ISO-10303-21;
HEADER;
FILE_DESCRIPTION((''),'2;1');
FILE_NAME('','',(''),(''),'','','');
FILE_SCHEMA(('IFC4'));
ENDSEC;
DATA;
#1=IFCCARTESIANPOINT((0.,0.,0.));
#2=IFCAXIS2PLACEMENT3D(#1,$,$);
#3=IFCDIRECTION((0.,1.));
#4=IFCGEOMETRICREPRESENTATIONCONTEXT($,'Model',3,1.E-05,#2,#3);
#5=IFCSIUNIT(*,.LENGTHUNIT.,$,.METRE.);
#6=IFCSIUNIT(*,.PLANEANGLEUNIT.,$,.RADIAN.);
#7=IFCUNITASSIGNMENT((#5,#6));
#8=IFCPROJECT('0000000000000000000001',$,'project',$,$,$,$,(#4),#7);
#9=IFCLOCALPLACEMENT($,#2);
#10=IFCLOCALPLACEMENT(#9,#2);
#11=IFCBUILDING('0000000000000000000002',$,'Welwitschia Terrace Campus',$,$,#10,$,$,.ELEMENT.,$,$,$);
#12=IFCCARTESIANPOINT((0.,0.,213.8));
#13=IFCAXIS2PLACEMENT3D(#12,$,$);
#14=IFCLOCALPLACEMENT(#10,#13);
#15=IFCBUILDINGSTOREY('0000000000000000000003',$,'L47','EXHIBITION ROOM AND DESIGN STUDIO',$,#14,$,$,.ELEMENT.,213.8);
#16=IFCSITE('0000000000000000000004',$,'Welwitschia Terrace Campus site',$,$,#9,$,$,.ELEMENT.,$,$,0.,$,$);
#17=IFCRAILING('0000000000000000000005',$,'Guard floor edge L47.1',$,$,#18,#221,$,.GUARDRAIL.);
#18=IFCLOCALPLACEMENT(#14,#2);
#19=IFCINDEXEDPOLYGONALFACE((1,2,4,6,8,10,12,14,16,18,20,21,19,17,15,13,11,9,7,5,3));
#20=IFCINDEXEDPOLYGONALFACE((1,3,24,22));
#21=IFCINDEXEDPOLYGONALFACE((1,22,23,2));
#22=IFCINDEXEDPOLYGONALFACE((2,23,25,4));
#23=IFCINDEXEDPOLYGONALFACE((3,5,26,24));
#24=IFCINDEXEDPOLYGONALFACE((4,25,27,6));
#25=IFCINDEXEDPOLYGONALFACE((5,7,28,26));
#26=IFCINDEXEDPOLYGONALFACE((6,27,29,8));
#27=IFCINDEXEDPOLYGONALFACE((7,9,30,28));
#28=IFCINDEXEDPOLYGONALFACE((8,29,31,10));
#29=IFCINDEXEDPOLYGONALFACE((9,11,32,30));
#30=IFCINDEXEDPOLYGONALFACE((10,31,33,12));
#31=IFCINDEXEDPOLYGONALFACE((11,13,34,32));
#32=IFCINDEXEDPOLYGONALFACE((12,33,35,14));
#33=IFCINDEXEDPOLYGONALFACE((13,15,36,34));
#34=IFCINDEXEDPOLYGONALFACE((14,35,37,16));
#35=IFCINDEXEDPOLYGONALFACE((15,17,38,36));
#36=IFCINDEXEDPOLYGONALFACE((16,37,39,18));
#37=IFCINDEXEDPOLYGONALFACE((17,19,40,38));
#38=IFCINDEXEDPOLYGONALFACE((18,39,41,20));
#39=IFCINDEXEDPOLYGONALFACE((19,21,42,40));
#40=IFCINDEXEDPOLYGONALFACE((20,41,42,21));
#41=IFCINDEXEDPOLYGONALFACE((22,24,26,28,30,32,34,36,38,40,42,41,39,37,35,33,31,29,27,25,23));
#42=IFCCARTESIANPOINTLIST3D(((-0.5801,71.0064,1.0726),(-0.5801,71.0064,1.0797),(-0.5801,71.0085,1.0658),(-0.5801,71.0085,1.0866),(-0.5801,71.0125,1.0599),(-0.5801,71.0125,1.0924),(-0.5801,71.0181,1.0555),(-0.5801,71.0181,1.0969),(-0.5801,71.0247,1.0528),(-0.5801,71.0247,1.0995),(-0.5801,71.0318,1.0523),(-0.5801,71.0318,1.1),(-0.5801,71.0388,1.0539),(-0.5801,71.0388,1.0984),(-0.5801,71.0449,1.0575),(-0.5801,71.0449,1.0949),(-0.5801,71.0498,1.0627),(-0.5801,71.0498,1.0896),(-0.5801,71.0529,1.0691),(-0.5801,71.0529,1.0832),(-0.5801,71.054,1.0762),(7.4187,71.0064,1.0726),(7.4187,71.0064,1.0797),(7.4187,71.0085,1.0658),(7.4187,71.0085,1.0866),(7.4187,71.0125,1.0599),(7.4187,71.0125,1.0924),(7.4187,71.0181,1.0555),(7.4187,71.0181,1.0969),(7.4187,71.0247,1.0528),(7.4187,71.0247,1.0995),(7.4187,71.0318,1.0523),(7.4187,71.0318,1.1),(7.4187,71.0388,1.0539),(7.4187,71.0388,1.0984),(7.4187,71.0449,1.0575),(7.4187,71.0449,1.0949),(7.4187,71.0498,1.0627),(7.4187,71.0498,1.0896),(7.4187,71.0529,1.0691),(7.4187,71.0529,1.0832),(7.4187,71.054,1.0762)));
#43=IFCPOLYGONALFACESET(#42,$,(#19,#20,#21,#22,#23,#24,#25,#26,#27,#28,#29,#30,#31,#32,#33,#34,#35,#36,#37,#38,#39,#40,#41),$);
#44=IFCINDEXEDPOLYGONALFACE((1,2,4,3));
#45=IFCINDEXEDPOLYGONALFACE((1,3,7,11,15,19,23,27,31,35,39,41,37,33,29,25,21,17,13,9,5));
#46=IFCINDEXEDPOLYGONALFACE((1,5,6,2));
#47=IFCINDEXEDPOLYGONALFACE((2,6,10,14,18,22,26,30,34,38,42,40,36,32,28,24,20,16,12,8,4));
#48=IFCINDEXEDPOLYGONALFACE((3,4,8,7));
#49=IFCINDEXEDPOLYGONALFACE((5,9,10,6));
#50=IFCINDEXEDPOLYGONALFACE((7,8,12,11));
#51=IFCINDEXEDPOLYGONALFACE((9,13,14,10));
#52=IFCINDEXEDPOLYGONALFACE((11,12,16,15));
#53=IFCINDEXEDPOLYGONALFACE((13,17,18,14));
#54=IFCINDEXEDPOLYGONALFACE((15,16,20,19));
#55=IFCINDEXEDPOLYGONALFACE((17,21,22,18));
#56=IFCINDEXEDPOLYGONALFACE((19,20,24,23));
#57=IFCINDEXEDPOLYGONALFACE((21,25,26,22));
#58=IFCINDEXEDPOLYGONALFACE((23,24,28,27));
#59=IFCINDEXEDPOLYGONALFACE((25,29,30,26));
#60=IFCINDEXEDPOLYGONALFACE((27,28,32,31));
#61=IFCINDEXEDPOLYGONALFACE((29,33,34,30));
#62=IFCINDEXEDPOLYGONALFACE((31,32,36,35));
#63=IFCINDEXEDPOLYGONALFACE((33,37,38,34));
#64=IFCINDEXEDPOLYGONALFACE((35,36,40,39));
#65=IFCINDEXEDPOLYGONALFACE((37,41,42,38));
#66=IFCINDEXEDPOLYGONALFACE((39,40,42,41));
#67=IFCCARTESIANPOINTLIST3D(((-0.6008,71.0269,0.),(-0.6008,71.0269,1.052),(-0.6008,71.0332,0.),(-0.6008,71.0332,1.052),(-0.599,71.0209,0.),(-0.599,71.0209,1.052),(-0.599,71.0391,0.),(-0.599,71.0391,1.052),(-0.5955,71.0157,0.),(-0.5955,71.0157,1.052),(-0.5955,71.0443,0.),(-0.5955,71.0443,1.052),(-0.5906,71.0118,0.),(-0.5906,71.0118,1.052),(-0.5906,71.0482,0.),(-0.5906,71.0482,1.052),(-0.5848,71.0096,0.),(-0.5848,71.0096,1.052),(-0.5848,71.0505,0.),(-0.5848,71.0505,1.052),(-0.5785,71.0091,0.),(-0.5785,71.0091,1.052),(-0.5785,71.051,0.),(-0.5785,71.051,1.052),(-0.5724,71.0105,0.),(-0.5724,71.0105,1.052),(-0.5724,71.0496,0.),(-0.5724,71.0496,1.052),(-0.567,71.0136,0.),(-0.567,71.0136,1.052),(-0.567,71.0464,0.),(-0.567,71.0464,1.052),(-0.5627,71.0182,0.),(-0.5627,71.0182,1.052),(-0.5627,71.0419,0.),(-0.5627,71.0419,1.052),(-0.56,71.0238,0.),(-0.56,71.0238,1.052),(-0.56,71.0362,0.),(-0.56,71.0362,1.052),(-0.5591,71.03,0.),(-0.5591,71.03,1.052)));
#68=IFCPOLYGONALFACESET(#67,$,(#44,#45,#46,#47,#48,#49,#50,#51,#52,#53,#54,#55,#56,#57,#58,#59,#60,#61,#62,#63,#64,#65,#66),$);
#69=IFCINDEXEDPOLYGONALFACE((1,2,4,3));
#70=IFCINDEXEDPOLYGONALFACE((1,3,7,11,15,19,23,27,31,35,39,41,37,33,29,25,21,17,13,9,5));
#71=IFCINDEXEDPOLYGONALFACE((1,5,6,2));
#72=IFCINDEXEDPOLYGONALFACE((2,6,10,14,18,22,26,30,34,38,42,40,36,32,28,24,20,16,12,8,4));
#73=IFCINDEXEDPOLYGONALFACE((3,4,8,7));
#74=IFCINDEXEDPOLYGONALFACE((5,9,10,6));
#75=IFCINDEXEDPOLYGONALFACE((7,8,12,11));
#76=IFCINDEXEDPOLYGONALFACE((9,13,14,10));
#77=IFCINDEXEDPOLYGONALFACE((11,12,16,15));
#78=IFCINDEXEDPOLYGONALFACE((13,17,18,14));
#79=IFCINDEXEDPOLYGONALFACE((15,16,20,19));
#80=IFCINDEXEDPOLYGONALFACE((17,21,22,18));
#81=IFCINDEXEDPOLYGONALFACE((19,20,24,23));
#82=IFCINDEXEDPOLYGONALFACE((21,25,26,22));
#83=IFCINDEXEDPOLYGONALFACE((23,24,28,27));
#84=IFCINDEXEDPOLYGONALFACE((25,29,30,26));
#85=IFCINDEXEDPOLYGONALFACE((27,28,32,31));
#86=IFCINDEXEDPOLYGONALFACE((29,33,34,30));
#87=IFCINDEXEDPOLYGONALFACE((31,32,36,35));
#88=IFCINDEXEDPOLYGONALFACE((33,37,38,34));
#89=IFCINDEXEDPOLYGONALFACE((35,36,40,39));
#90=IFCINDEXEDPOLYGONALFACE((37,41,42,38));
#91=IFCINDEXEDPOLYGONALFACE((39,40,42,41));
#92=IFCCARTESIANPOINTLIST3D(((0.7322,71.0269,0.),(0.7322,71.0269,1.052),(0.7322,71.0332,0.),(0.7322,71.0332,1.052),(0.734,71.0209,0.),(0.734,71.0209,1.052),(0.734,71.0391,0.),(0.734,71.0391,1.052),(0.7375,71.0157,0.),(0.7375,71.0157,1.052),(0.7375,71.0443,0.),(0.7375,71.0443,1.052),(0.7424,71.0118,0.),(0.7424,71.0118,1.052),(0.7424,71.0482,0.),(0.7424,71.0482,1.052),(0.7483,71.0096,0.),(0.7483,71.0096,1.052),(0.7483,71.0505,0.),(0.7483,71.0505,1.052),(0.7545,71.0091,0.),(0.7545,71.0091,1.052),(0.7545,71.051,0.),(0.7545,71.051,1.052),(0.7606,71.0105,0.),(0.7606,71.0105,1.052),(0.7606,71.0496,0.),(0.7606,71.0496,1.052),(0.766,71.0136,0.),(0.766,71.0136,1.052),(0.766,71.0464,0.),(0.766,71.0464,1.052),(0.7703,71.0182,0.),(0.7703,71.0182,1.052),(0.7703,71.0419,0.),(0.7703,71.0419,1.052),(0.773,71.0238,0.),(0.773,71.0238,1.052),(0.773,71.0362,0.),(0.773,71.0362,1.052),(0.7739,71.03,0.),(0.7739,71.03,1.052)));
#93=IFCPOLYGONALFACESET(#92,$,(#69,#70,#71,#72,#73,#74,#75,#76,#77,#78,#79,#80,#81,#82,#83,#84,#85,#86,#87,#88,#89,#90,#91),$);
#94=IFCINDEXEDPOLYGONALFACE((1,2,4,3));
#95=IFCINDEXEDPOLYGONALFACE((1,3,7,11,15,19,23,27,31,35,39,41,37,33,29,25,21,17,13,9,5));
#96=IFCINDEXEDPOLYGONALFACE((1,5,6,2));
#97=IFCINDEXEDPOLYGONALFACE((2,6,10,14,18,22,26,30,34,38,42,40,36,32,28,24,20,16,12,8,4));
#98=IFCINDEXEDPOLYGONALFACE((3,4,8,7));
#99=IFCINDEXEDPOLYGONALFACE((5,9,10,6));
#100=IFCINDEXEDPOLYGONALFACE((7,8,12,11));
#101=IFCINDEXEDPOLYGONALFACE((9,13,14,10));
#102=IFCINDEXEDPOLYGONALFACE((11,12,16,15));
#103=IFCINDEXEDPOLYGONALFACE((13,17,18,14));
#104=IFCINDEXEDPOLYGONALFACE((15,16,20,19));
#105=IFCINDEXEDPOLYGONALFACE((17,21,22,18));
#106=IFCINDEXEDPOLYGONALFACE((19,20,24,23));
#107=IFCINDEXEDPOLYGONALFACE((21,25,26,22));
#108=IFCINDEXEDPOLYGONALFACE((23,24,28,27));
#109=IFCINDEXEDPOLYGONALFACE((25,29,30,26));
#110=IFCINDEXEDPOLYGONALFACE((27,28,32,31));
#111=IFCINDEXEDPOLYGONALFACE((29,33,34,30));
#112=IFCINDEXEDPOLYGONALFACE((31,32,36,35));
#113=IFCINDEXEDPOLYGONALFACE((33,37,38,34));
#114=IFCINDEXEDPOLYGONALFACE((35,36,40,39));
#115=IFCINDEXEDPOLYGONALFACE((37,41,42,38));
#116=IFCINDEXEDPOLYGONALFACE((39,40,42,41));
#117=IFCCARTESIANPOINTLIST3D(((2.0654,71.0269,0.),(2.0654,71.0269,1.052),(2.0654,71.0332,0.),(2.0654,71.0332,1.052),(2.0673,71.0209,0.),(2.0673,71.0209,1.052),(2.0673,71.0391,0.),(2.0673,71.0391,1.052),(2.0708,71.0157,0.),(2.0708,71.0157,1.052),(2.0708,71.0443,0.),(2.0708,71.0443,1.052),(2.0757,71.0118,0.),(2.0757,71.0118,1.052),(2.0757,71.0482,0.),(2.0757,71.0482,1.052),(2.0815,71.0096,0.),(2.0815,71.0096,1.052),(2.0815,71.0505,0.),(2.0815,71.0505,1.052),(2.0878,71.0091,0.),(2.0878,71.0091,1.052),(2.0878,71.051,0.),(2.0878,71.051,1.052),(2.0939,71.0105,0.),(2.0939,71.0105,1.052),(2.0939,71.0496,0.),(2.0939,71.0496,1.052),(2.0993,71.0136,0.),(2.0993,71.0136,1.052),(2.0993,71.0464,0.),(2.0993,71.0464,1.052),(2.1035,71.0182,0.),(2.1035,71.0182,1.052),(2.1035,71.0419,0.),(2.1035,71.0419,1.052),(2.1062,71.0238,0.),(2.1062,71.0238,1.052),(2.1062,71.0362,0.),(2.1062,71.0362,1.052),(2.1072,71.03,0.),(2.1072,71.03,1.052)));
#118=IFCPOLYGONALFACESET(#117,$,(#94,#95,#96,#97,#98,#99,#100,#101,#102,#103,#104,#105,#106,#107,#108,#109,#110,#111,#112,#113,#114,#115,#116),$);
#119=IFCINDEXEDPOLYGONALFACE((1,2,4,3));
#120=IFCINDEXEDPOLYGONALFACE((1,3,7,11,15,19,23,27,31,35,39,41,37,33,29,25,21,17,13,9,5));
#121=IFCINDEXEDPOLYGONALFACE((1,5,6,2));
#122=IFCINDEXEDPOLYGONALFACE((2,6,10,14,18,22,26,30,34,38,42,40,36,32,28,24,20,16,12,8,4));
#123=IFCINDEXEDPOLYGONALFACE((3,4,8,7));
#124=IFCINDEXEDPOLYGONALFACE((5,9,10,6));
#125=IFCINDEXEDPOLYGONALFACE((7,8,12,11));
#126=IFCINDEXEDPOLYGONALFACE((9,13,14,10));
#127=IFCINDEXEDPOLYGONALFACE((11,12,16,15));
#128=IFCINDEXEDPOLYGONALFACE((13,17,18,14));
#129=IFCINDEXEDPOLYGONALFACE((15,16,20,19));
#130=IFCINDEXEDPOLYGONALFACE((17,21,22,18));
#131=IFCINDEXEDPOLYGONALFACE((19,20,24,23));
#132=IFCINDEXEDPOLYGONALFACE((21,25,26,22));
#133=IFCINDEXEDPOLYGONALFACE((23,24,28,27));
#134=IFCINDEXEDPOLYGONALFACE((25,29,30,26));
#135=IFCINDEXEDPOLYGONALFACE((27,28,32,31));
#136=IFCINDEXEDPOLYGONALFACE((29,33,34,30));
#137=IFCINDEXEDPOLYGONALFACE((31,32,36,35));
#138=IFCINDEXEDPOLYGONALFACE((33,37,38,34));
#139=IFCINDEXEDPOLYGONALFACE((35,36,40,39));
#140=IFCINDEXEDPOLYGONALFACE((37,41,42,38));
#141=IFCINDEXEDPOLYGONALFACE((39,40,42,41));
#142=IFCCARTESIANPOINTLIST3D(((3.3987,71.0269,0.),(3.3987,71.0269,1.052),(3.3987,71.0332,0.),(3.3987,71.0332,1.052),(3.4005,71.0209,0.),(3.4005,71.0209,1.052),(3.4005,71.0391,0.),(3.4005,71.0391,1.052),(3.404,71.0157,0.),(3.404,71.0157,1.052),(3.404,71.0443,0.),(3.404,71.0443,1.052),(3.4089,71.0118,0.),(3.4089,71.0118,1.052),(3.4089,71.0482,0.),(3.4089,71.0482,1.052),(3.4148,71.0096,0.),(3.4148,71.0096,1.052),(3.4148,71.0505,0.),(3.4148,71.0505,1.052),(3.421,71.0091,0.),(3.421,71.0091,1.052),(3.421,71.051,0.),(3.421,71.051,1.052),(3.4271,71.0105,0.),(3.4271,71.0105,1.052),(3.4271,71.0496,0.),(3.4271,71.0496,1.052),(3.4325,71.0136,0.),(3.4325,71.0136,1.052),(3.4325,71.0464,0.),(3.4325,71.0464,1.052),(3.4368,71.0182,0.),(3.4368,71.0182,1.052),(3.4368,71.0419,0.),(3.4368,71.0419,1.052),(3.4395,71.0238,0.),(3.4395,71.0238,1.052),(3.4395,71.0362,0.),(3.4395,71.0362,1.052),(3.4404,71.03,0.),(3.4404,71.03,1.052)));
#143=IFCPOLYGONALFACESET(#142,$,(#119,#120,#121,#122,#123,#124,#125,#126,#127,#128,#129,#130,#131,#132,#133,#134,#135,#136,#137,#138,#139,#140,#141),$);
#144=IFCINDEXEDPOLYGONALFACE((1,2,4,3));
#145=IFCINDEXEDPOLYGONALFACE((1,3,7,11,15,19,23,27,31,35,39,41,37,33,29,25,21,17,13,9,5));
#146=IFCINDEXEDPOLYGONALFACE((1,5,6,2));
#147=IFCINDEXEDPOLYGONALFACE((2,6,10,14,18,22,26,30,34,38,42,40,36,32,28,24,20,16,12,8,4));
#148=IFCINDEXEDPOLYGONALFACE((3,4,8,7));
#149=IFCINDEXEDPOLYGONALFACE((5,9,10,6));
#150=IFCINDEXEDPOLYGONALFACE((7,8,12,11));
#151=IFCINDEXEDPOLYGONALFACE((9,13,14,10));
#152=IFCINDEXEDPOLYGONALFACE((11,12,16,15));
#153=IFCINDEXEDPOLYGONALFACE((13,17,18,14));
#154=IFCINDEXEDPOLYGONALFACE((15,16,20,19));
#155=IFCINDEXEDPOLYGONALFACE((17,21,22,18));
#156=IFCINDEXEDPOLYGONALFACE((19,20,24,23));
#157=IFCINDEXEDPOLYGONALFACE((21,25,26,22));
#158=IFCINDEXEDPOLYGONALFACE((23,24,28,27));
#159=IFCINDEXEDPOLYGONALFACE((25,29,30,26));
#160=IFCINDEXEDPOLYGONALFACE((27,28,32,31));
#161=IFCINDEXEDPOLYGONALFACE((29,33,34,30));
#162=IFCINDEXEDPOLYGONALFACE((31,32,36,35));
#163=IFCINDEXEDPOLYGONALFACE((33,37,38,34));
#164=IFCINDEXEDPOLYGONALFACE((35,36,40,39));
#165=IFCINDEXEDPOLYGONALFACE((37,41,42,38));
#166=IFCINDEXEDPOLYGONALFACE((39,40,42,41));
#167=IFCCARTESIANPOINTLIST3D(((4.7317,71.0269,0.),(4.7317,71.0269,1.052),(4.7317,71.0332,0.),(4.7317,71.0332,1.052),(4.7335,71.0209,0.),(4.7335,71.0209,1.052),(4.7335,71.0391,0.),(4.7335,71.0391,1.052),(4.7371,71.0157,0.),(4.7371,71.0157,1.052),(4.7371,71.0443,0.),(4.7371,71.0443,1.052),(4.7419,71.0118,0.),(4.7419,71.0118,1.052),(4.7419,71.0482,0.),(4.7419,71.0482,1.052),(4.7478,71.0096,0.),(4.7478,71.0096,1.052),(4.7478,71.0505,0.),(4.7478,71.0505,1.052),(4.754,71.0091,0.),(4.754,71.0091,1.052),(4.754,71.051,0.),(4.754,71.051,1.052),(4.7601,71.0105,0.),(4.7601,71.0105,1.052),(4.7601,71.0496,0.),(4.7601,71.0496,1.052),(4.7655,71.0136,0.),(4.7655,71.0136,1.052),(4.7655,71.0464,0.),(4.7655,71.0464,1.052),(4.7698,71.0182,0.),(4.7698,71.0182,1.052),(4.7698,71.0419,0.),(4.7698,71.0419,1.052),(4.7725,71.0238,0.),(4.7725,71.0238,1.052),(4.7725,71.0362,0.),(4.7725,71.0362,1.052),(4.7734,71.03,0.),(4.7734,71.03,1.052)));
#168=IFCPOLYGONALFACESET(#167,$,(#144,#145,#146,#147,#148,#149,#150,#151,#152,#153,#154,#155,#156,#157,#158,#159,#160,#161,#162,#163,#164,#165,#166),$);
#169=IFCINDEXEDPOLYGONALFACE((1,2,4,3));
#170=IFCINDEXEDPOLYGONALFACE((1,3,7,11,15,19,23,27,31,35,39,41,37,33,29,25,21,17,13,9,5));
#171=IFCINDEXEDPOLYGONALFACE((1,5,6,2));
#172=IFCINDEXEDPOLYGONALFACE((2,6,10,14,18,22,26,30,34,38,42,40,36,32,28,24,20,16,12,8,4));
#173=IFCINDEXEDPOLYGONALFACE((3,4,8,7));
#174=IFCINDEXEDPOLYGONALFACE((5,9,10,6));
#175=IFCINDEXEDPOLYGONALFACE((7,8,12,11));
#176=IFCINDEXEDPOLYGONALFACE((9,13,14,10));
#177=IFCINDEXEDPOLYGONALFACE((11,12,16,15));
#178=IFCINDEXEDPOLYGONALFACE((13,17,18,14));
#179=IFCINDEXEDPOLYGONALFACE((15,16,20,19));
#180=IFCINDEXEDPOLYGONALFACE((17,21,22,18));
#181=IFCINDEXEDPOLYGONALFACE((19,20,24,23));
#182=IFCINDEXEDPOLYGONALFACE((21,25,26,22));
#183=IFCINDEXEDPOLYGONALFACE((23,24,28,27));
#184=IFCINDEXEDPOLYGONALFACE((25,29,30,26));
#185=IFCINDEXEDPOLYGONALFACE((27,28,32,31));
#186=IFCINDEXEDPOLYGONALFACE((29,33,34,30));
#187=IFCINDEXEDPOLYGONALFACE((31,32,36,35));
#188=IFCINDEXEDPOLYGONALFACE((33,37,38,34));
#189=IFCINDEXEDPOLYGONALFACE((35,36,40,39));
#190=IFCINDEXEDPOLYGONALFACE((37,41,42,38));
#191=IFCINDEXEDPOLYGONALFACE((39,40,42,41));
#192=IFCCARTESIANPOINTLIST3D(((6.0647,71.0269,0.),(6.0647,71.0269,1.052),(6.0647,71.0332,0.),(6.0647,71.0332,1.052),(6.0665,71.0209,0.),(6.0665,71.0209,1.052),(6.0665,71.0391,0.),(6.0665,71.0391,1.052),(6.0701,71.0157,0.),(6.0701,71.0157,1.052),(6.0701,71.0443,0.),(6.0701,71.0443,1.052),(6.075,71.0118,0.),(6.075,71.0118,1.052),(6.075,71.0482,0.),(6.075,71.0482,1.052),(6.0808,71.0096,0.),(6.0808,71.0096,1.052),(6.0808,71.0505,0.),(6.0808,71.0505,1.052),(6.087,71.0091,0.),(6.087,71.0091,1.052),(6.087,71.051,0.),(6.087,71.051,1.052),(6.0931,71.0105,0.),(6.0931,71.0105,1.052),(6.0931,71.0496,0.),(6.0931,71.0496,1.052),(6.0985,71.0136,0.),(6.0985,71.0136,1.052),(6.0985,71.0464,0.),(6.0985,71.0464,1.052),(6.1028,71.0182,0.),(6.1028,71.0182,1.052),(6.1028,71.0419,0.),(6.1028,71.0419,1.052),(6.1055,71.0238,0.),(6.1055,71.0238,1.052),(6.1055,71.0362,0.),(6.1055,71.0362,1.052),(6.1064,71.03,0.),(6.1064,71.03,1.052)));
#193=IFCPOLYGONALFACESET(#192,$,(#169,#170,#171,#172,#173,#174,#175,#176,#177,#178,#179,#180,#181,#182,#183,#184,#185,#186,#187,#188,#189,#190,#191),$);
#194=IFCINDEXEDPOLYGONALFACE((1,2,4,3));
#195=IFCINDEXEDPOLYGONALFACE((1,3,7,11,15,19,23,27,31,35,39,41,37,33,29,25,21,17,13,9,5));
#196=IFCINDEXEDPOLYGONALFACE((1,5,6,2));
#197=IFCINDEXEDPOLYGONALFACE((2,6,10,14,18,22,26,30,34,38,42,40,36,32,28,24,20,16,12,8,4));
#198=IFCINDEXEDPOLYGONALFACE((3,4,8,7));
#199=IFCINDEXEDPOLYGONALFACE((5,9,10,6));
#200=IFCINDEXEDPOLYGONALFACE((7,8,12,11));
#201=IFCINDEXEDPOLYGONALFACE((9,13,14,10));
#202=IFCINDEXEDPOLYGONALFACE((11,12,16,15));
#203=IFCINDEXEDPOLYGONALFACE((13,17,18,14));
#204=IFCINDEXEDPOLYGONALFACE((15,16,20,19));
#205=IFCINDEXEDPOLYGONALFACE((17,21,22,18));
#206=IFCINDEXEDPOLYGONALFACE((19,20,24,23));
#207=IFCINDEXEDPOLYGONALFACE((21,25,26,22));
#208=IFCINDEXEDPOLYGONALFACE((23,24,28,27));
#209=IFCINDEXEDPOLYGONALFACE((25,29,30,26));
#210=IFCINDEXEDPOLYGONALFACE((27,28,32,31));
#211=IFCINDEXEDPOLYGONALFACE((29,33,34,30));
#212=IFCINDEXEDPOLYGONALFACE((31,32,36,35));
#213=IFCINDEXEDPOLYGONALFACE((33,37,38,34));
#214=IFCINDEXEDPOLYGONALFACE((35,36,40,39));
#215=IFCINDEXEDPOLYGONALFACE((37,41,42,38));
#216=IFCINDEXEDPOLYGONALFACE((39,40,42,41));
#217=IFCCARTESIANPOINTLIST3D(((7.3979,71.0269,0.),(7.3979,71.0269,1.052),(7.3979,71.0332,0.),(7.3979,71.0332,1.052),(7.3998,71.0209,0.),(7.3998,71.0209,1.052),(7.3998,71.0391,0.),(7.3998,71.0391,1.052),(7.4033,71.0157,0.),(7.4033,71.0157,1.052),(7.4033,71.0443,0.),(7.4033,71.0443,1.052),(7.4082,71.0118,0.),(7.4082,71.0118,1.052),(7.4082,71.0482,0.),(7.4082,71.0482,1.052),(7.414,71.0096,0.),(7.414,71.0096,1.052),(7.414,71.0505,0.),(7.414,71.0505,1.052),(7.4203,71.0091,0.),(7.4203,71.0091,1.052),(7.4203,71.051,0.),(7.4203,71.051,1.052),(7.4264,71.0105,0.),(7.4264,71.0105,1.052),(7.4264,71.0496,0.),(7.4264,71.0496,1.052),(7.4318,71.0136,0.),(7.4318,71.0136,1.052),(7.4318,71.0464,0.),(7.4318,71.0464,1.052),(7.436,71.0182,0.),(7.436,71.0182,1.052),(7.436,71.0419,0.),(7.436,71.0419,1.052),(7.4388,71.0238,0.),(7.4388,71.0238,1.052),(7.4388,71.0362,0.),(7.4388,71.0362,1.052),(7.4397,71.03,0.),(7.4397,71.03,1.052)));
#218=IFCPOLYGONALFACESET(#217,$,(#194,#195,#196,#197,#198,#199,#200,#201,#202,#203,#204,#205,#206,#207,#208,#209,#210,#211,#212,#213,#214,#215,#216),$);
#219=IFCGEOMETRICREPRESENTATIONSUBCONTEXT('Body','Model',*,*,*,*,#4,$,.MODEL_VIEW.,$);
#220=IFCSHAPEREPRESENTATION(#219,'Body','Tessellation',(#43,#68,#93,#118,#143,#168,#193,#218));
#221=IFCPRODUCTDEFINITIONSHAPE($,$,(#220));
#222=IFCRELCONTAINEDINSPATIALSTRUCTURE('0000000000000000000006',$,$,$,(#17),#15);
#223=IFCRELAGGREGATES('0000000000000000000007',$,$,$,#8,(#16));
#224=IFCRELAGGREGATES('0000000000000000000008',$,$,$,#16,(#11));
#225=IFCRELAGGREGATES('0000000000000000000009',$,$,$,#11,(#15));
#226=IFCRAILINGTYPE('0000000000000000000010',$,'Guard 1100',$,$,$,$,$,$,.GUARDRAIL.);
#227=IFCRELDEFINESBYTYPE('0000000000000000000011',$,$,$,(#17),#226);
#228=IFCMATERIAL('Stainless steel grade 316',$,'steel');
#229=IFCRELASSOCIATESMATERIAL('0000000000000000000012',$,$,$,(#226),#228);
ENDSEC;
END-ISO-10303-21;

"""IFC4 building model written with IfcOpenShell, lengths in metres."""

from ifc_helpers import new_model, si_unit, direction, frame, origin, origin_2d, place, context, subcontext, project, spatial, circle, extrude, material, type_object, element, save


model = new_model("IFC4")

# Units and contexts
model_context = context("Model", 3, precision=1e-05, world=origin(), true_north=direction((0.0, 1.0)))
body_context = subcontext(model_context, "Body", "Model", "MODEL_VIEW")
ifc_project = project(units=[si_unit("LENGTHUNIT", "METRE"), si_unit("PLANEANGLEUNIT", "RADIAN")], contexts=[model_context])

# Site, building, storey
site_placement = place(None, origin())
site = spatial("IfcSite", under=ifc_project, at=site_placement, Name="Welwitschia Terrace Campus site", CompositionType="ELEMENT", RefElevation=0.0)
building_placement = place(site_placement, origin())
building = spatial("IfcBuilding", under=site, at=building_placement, Name="Welwitschia Terrace Campus", CompositionType="ELEMENT")
storey_placement = place(building_placement, frame((0.0, 0.0, 213.8)))
storey = spatial("IfcBuildingStorey", under=building, at=storey_placement, Name="L47", Description="EXHIBITION ROOM AND DESIGN STUDIO", CompositionType="ELEMENT", Elevation=213.8)

# Railing
ifc_material_1 = material(Name="Stainless steel grade 316", Category="steel")
railing_type = type_object("IfcRailingType", Name="Guard 1100", PredefinedType="GUARDRAIL", material=ifc_material_1)
railing_1_placement = place(storey_placement, frame((-0.5801, 71.03, 0.0)))
element("IfcRailing", 1, at=railing_1_placement, inside=storey, type_object=railing_type, Name="Guard floor edge L47.1", PredefinedType="GUARDRAIL", context=body_context, shape_type="SweptSolid", body=[
    extrude(circle(Radius=0.0239, at=origin_2d()), frame((0.0, 0.0, 1.0762), z_axis=(1.0, 0.0, 0.0), x_axis=(0.0, 1.0, 0.0)), (0.0, 0.0, 1.0), 7.9988),
    extrude(circle(Radius=0.021, at=origin_2d()), origin(), (0.0, 0.0, 1.0), 1.052),
    extrude(circle(Radius=0.021, at=origin_2d()), frame((1.333, 0.0, 0.0)), (0.0, 0.0, 1.0), 1.052),
    extrude(circle(Radius=0.021, at=origin_2d()), frame((2.6663, 0.0, 0.0)), (0.0, 0.0, 1.0), 1.052),
    extrude(circle(Radius=0.021, at=origin_2d()), frame((3.9995, 0.0, 0.0)), (0.0, 0.0, 1.0), 1.052),
    extrude(circle(Radius=0.021, at=origin_2d()), frame((5.3325, 0.0, 0.0)), (0.0, 0.0, 1.0), 1.052),
    extrude(circle(Radius=0.021, at=origin_2d()), frame((6.6655, 0.0, 0.0)), (0.0, 0.0, 1.0), 1.052),
    extrude(circle(Radius=0.021, at=origin_2d()), frame((7.9988, 0.0, 0.0)), (0.0, 0.0, 1.0), 1.052),
])

save(model, "model.ifc")
